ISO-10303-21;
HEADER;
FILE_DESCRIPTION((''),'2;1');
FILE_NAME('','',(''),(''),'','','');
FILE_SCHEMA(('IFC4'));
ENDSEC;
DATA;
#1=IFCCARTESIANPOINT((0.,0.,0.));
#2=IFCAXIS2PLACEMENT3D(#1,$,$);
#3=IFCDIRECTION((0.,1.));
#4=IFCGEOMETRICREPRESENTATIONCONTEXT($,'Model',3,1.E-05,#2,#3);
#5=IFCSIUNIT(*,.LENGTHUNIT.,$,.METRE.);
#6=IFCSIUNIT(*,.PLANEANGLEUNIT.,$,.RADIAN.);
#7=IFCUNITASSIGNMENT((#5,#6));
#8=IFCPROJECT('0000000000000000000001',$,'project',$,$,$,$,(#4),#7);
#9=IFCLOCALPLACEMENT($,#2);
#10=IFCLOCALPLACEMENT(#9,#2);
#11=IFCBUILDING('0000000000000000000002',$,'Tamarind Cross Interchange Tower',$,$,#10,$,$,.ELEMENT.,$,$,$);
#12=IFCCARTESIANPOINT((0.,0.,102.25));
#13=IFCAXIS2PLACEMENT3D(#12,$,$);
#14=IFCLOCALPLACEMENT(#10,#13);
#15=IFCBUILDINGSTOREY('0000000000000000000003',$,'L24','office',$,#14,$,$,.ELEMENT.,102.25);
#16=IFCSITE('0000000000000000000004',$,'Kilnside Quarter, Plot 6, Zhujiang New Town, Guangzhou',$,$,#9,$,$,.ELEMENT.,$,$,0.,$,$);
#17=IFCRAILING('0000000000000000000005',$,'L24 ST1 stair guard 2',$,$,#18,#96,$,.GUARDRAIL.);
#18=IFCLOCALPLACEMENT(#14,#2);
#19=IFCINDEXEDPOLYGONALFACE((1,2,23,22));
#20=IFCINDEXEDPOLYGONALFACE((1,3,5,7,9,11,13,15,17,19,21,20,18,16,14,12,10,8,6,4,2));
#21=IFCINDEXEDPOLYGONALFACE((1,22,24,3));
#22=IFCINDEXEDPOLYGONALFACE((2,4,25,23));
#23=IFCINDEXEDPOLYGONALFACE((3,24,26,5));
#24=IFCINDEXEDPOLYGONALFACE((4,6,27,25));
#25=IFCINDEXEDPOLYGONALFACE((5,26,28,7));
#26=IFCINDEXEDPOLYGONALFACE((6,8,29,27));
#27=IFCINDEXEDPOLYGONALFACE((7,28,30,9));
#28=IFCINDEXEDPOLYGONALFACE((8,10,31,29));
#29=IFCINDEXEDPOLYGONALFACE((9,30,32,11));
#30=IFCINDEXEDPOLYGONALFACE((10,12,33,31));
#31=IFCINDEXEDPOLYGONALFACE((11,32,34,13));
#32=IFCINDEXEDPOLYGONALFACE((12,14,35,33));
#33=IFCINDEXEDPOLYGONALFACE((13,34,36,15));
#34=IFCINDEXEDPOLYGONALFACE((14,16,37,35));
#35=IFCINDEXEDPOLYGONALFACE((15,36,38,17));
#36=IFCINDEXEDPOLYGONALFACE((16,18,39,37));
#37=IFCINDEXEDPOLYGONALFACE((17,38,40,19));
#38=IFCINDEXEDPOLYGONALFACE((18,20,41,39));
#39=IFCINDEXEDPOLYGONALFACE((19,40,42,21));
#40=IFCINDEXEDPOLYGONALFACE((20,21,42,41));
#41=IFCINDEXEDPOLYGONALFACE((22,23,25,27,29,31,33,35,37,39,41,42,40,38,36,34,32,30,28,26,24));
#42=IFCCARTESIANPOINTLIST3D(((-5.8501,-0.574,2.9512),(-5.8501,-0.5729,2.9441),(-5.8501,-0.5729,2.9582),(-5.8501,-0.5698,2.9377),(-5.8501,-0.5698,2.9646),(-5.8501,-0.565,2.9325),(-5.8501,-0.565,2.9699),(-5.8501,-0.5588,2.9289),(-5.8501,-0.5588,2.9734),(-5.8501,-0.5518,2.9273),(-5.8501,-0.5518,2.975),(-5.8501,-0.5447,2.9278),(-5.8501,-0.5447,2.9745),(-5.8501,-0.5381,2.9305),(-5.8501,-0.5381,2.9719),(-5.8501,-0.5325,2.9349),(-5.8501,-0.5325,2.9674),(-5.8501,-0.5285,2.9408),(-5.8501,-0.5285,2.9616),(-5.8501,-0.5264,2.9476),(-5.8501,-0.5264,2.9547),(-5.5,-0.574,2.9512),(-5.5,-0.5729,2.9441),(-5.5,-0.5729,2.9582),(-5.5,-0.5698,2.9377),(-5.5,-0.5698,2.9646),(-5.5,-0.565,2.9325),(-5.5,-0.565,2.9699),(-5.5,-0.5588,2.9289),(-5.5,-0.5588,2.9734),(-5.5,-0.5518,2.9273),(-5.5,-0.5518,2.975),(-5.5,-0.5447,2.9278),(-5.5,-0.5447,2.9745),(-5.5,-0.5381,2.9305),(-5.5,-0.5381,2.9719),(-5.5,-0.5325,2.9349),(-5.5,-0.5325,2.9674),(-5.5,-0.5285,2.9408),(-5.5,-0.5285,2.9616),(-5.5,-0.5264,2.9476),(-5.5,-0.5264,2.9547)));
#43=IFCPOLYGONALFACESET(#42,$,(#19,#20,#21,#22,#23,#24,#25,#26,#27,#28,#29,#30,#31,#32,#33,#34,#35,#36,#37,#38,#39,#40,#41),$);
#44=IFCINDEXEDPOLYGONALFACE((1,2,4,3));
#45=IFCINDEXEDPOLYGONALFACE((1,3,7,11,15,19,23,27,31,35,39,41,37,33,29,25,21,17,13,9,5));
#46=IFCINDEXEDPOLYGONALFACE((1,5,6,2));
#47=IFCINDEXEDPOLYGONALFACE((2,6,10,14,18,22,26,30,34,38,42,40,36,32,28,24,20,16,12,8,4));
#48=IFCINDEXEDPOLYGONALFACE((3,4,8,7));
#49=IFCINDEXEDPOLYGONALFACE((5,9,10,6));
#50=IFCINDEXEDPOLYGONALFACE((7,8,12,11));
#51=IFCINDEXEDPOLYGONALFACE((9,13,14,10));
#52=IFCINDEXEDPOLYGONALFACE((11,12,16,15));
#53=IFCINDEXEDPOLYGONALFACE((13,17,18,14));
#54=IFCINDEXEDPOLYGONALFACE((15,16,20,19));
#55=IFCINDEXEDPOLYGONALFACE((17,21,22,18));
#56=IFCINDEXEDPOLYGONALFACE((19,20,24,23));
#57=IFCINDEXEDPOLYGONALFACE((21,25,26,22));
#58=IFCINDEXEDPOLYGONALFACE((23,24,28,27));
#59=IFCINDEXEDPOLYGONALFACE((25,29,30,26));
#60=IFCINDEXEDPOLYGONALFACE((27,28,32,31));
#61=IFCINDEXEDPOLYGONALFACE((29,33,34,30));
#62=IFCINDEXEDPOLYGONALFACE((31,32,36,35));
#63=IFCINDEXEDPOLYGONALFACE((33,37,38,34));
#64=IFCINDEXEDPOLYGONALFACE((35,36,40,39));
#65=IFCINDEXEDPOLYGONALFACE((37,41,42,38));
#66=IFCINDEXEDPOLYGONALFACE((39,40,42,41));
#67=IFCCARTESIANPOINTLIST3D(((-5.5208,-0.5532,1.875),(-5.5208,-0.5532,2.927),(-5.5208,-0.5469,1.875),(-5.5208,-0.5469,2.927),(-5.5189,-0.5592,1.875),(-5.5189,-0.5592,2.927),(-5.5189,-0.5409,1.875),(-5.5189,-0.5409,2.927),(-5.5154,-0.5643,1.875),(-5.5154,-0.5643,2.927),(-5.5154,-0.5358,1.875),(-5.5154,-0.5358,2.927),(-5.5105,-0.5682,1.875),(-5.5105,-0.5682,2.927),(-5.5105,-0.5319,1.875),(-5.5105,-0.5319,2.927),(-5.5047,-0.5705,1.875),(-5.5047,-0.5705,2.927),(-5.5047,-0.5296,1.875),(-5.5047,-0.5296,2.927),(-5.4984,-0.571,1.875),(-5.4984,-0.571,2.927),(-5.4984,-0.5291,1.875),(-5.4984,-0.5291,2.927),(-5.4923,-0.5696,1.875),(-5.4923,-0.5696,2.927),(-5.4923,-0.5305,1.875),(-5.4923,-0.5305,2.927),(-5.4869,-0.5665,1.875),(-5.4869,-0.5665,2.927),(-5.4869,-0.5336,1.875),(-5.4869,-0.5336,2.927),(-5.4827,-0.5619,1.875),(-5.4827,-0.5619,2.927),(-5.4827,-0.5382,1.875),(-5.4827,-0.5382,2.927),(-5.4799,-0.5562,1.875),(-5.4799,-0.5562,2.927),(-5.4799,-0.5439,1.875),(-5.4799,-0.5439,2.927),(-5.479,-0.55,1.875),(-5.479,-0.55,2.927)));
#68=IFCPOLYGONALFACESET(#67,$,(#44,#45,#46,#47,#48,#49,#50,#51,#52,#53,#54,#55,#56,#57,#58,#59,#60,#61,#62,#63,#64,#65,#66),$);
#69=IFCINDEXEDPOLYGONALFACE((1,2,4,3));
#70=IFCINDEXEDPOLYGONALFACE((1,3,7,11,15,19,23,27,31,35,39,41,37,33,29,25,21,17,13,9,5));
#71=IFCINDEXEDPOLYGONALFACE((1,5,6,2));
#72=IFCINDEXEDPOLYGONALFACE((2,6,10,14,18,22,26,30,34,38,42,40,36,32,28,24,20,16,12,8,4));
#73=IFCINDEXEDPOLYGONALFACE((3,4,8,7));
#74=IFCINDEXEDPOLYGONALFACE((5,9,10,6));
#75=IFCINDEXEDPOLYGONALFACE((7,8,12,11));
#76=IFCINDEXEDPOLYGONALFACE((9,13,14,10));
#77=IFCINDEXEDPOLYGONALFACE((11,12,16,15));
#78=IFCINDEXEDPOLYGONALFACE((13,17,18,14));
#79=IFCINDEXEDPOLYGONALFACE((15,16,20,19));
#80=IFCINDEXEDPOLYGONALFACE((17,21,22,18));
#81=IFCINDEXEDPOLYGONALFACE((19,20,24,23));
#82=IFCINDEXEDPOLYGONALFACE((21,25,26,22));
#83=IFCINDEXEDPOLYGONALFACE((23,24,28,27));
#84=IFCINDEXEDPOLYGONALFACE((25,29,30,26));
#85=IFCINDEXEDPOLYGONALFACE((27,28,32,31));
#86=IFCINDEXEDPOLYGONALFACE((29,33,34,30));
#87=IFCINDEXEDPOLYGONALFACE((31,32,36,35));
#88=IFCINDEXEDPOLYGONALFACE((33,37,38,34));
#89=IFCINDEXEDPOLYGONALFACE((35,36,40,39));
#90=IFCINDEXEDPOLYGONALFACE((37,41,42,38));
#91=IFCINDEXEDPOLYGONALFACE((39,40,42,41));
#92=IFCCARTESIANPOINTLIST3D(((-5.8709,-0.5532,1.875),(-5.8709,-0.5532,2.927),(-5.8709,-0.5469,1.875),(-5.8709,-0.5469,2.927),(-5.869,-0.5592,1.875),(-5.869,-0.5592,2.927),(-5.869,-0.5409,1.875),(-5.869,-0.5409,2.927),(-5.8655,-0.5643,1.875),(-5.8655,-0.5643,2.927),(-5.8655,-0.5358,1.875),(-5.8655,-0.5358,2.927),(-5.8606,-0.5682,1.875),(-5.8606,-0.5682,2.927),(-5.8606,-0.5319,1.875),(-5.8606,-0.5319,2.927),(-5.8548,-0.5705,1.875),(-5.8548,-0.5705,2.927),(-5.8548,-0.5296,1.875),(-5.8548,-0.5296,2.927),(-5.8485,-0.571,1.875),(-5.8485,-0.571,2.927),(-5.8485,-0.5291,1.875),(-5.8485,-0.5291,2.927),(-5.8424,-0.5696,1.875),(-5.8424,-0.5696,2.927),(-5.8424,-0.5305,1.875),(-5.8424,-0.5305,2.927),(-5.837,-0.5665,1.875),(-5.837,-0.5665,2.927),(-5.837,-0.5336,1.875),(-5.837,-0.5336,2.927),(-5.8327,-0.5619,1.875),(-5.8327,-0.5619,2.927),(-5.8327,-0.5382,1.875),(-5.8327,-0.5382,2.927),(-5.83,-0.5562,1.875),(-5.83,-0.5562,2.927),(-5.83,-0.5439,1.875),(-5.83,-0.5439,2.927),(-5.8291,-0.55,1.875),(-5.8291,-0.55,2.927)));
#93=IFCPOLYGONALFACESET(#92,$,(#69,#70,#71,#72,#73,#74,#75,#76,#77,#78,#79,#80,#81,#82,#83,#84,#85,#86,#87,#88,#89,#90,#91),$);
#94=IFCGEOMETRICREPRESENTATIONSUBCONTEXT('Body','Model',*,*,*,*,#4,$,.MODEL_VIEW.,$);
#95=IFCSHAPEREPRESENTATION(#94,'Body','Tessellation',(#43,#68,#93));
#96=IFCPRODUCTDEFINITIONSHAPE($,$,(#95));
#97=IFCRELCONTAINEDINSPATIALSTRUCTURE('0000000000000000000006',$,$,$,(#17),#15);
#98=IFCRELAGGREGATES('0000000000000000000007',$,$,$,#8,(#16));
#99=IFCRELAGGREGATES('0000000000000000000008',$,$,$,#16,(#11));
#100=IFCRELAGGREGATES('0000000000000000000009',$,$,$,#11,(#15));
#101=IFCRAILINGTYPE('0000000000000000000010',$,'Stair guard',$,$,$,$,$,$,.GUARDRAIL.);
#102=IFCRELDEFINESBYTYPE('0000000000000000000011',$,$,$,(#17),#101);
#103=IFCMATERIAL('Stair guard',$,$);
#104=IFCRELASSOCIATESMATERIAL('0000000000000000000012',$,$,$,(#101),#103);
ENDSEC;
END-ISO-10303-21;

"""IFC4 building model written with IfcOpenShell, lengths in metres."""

from ifc_helpers import new_model, si_unit, direction, frame, origin, origin_2d, place, context, subcontext, project, spatial, circle, extrude, material, type_object, element, save


model = new_model("IFC4")

# Units and contexts
model_context = context("Model", 3, precision=1e-05, world=origin(), true_north=direction((0.0, 1.0)))
body_context = subcontext(model_context, "Body", "Model", "MODEL_VIEW")
ifc_project = project(units=[si_unit("LENGTHUNIT", "METRE"), si_unit("PLANEANGLEUNIT", "RADIAN")], contexts=[model_context])

# Site, building, storey
site_placement = place(None, origin())
site = spatial("IfcSite", under=ifc_project, at=site_placement, Name="Kilnside Quarter, Plot 6, Zhujiang New Town, Guangzhou", CompositionType="ELEMENT", RefElevation=0.0)
building_placement = place(site_placement, origin())
building = spatial("IfcBuilding", under=site, at=building_placement, Name="Tamarind Cross Interchange Tower", CompositionType="ELEMENT")
storey_placement = place(building_placement, frame((0.0, 0.0, 102.25)))
storey = spatial("IfcBuildingStorey", under=building, at=storey_placement, Name="L24", Description="office", CompositionType="ELEMENT", Elevation=102.25)

# Railing
ifc_material_1 = material(Name="Stair guard")
railing_type_1 = type_object("IfcRailingType", Name="Stair guard", PredefinedType="GUARDRAIL", material=ifc_material_1)
railing_1_placement = place(storey_placement, frame((-5.5, -0.55, 1.875)))
element("IfcRailing", 1, at=railing_1_placement, inside=storey, type_object=railing_type_1, Name="L24 ST1 stair guard 2", PredefinedType="GUARDRAIL", context=body_context, shape_type="SweptSolid", body=[
    extrude(circle(Radius=0.0239, at=origin_2d()), frame((0.0, 0.0, 1.0762), z_axis=(-1.0, 0.0, 0.0), x_axis=(0.0, -1.0, 0.0)), (0.0, 0.0, 1.0), 0.3501),
    extrude(circle(Radius=0.021, at=origin_2d()), origin(), (0.0, 0.0, 1.0), 1.052),
    extrude(circle(Radius=0.021, at=origin_2d()), frame((-0.3501, 0.0, 0.0)), (0.0, 0.0, 1.0), 1.052),
])

save(model, "model.ifc")
